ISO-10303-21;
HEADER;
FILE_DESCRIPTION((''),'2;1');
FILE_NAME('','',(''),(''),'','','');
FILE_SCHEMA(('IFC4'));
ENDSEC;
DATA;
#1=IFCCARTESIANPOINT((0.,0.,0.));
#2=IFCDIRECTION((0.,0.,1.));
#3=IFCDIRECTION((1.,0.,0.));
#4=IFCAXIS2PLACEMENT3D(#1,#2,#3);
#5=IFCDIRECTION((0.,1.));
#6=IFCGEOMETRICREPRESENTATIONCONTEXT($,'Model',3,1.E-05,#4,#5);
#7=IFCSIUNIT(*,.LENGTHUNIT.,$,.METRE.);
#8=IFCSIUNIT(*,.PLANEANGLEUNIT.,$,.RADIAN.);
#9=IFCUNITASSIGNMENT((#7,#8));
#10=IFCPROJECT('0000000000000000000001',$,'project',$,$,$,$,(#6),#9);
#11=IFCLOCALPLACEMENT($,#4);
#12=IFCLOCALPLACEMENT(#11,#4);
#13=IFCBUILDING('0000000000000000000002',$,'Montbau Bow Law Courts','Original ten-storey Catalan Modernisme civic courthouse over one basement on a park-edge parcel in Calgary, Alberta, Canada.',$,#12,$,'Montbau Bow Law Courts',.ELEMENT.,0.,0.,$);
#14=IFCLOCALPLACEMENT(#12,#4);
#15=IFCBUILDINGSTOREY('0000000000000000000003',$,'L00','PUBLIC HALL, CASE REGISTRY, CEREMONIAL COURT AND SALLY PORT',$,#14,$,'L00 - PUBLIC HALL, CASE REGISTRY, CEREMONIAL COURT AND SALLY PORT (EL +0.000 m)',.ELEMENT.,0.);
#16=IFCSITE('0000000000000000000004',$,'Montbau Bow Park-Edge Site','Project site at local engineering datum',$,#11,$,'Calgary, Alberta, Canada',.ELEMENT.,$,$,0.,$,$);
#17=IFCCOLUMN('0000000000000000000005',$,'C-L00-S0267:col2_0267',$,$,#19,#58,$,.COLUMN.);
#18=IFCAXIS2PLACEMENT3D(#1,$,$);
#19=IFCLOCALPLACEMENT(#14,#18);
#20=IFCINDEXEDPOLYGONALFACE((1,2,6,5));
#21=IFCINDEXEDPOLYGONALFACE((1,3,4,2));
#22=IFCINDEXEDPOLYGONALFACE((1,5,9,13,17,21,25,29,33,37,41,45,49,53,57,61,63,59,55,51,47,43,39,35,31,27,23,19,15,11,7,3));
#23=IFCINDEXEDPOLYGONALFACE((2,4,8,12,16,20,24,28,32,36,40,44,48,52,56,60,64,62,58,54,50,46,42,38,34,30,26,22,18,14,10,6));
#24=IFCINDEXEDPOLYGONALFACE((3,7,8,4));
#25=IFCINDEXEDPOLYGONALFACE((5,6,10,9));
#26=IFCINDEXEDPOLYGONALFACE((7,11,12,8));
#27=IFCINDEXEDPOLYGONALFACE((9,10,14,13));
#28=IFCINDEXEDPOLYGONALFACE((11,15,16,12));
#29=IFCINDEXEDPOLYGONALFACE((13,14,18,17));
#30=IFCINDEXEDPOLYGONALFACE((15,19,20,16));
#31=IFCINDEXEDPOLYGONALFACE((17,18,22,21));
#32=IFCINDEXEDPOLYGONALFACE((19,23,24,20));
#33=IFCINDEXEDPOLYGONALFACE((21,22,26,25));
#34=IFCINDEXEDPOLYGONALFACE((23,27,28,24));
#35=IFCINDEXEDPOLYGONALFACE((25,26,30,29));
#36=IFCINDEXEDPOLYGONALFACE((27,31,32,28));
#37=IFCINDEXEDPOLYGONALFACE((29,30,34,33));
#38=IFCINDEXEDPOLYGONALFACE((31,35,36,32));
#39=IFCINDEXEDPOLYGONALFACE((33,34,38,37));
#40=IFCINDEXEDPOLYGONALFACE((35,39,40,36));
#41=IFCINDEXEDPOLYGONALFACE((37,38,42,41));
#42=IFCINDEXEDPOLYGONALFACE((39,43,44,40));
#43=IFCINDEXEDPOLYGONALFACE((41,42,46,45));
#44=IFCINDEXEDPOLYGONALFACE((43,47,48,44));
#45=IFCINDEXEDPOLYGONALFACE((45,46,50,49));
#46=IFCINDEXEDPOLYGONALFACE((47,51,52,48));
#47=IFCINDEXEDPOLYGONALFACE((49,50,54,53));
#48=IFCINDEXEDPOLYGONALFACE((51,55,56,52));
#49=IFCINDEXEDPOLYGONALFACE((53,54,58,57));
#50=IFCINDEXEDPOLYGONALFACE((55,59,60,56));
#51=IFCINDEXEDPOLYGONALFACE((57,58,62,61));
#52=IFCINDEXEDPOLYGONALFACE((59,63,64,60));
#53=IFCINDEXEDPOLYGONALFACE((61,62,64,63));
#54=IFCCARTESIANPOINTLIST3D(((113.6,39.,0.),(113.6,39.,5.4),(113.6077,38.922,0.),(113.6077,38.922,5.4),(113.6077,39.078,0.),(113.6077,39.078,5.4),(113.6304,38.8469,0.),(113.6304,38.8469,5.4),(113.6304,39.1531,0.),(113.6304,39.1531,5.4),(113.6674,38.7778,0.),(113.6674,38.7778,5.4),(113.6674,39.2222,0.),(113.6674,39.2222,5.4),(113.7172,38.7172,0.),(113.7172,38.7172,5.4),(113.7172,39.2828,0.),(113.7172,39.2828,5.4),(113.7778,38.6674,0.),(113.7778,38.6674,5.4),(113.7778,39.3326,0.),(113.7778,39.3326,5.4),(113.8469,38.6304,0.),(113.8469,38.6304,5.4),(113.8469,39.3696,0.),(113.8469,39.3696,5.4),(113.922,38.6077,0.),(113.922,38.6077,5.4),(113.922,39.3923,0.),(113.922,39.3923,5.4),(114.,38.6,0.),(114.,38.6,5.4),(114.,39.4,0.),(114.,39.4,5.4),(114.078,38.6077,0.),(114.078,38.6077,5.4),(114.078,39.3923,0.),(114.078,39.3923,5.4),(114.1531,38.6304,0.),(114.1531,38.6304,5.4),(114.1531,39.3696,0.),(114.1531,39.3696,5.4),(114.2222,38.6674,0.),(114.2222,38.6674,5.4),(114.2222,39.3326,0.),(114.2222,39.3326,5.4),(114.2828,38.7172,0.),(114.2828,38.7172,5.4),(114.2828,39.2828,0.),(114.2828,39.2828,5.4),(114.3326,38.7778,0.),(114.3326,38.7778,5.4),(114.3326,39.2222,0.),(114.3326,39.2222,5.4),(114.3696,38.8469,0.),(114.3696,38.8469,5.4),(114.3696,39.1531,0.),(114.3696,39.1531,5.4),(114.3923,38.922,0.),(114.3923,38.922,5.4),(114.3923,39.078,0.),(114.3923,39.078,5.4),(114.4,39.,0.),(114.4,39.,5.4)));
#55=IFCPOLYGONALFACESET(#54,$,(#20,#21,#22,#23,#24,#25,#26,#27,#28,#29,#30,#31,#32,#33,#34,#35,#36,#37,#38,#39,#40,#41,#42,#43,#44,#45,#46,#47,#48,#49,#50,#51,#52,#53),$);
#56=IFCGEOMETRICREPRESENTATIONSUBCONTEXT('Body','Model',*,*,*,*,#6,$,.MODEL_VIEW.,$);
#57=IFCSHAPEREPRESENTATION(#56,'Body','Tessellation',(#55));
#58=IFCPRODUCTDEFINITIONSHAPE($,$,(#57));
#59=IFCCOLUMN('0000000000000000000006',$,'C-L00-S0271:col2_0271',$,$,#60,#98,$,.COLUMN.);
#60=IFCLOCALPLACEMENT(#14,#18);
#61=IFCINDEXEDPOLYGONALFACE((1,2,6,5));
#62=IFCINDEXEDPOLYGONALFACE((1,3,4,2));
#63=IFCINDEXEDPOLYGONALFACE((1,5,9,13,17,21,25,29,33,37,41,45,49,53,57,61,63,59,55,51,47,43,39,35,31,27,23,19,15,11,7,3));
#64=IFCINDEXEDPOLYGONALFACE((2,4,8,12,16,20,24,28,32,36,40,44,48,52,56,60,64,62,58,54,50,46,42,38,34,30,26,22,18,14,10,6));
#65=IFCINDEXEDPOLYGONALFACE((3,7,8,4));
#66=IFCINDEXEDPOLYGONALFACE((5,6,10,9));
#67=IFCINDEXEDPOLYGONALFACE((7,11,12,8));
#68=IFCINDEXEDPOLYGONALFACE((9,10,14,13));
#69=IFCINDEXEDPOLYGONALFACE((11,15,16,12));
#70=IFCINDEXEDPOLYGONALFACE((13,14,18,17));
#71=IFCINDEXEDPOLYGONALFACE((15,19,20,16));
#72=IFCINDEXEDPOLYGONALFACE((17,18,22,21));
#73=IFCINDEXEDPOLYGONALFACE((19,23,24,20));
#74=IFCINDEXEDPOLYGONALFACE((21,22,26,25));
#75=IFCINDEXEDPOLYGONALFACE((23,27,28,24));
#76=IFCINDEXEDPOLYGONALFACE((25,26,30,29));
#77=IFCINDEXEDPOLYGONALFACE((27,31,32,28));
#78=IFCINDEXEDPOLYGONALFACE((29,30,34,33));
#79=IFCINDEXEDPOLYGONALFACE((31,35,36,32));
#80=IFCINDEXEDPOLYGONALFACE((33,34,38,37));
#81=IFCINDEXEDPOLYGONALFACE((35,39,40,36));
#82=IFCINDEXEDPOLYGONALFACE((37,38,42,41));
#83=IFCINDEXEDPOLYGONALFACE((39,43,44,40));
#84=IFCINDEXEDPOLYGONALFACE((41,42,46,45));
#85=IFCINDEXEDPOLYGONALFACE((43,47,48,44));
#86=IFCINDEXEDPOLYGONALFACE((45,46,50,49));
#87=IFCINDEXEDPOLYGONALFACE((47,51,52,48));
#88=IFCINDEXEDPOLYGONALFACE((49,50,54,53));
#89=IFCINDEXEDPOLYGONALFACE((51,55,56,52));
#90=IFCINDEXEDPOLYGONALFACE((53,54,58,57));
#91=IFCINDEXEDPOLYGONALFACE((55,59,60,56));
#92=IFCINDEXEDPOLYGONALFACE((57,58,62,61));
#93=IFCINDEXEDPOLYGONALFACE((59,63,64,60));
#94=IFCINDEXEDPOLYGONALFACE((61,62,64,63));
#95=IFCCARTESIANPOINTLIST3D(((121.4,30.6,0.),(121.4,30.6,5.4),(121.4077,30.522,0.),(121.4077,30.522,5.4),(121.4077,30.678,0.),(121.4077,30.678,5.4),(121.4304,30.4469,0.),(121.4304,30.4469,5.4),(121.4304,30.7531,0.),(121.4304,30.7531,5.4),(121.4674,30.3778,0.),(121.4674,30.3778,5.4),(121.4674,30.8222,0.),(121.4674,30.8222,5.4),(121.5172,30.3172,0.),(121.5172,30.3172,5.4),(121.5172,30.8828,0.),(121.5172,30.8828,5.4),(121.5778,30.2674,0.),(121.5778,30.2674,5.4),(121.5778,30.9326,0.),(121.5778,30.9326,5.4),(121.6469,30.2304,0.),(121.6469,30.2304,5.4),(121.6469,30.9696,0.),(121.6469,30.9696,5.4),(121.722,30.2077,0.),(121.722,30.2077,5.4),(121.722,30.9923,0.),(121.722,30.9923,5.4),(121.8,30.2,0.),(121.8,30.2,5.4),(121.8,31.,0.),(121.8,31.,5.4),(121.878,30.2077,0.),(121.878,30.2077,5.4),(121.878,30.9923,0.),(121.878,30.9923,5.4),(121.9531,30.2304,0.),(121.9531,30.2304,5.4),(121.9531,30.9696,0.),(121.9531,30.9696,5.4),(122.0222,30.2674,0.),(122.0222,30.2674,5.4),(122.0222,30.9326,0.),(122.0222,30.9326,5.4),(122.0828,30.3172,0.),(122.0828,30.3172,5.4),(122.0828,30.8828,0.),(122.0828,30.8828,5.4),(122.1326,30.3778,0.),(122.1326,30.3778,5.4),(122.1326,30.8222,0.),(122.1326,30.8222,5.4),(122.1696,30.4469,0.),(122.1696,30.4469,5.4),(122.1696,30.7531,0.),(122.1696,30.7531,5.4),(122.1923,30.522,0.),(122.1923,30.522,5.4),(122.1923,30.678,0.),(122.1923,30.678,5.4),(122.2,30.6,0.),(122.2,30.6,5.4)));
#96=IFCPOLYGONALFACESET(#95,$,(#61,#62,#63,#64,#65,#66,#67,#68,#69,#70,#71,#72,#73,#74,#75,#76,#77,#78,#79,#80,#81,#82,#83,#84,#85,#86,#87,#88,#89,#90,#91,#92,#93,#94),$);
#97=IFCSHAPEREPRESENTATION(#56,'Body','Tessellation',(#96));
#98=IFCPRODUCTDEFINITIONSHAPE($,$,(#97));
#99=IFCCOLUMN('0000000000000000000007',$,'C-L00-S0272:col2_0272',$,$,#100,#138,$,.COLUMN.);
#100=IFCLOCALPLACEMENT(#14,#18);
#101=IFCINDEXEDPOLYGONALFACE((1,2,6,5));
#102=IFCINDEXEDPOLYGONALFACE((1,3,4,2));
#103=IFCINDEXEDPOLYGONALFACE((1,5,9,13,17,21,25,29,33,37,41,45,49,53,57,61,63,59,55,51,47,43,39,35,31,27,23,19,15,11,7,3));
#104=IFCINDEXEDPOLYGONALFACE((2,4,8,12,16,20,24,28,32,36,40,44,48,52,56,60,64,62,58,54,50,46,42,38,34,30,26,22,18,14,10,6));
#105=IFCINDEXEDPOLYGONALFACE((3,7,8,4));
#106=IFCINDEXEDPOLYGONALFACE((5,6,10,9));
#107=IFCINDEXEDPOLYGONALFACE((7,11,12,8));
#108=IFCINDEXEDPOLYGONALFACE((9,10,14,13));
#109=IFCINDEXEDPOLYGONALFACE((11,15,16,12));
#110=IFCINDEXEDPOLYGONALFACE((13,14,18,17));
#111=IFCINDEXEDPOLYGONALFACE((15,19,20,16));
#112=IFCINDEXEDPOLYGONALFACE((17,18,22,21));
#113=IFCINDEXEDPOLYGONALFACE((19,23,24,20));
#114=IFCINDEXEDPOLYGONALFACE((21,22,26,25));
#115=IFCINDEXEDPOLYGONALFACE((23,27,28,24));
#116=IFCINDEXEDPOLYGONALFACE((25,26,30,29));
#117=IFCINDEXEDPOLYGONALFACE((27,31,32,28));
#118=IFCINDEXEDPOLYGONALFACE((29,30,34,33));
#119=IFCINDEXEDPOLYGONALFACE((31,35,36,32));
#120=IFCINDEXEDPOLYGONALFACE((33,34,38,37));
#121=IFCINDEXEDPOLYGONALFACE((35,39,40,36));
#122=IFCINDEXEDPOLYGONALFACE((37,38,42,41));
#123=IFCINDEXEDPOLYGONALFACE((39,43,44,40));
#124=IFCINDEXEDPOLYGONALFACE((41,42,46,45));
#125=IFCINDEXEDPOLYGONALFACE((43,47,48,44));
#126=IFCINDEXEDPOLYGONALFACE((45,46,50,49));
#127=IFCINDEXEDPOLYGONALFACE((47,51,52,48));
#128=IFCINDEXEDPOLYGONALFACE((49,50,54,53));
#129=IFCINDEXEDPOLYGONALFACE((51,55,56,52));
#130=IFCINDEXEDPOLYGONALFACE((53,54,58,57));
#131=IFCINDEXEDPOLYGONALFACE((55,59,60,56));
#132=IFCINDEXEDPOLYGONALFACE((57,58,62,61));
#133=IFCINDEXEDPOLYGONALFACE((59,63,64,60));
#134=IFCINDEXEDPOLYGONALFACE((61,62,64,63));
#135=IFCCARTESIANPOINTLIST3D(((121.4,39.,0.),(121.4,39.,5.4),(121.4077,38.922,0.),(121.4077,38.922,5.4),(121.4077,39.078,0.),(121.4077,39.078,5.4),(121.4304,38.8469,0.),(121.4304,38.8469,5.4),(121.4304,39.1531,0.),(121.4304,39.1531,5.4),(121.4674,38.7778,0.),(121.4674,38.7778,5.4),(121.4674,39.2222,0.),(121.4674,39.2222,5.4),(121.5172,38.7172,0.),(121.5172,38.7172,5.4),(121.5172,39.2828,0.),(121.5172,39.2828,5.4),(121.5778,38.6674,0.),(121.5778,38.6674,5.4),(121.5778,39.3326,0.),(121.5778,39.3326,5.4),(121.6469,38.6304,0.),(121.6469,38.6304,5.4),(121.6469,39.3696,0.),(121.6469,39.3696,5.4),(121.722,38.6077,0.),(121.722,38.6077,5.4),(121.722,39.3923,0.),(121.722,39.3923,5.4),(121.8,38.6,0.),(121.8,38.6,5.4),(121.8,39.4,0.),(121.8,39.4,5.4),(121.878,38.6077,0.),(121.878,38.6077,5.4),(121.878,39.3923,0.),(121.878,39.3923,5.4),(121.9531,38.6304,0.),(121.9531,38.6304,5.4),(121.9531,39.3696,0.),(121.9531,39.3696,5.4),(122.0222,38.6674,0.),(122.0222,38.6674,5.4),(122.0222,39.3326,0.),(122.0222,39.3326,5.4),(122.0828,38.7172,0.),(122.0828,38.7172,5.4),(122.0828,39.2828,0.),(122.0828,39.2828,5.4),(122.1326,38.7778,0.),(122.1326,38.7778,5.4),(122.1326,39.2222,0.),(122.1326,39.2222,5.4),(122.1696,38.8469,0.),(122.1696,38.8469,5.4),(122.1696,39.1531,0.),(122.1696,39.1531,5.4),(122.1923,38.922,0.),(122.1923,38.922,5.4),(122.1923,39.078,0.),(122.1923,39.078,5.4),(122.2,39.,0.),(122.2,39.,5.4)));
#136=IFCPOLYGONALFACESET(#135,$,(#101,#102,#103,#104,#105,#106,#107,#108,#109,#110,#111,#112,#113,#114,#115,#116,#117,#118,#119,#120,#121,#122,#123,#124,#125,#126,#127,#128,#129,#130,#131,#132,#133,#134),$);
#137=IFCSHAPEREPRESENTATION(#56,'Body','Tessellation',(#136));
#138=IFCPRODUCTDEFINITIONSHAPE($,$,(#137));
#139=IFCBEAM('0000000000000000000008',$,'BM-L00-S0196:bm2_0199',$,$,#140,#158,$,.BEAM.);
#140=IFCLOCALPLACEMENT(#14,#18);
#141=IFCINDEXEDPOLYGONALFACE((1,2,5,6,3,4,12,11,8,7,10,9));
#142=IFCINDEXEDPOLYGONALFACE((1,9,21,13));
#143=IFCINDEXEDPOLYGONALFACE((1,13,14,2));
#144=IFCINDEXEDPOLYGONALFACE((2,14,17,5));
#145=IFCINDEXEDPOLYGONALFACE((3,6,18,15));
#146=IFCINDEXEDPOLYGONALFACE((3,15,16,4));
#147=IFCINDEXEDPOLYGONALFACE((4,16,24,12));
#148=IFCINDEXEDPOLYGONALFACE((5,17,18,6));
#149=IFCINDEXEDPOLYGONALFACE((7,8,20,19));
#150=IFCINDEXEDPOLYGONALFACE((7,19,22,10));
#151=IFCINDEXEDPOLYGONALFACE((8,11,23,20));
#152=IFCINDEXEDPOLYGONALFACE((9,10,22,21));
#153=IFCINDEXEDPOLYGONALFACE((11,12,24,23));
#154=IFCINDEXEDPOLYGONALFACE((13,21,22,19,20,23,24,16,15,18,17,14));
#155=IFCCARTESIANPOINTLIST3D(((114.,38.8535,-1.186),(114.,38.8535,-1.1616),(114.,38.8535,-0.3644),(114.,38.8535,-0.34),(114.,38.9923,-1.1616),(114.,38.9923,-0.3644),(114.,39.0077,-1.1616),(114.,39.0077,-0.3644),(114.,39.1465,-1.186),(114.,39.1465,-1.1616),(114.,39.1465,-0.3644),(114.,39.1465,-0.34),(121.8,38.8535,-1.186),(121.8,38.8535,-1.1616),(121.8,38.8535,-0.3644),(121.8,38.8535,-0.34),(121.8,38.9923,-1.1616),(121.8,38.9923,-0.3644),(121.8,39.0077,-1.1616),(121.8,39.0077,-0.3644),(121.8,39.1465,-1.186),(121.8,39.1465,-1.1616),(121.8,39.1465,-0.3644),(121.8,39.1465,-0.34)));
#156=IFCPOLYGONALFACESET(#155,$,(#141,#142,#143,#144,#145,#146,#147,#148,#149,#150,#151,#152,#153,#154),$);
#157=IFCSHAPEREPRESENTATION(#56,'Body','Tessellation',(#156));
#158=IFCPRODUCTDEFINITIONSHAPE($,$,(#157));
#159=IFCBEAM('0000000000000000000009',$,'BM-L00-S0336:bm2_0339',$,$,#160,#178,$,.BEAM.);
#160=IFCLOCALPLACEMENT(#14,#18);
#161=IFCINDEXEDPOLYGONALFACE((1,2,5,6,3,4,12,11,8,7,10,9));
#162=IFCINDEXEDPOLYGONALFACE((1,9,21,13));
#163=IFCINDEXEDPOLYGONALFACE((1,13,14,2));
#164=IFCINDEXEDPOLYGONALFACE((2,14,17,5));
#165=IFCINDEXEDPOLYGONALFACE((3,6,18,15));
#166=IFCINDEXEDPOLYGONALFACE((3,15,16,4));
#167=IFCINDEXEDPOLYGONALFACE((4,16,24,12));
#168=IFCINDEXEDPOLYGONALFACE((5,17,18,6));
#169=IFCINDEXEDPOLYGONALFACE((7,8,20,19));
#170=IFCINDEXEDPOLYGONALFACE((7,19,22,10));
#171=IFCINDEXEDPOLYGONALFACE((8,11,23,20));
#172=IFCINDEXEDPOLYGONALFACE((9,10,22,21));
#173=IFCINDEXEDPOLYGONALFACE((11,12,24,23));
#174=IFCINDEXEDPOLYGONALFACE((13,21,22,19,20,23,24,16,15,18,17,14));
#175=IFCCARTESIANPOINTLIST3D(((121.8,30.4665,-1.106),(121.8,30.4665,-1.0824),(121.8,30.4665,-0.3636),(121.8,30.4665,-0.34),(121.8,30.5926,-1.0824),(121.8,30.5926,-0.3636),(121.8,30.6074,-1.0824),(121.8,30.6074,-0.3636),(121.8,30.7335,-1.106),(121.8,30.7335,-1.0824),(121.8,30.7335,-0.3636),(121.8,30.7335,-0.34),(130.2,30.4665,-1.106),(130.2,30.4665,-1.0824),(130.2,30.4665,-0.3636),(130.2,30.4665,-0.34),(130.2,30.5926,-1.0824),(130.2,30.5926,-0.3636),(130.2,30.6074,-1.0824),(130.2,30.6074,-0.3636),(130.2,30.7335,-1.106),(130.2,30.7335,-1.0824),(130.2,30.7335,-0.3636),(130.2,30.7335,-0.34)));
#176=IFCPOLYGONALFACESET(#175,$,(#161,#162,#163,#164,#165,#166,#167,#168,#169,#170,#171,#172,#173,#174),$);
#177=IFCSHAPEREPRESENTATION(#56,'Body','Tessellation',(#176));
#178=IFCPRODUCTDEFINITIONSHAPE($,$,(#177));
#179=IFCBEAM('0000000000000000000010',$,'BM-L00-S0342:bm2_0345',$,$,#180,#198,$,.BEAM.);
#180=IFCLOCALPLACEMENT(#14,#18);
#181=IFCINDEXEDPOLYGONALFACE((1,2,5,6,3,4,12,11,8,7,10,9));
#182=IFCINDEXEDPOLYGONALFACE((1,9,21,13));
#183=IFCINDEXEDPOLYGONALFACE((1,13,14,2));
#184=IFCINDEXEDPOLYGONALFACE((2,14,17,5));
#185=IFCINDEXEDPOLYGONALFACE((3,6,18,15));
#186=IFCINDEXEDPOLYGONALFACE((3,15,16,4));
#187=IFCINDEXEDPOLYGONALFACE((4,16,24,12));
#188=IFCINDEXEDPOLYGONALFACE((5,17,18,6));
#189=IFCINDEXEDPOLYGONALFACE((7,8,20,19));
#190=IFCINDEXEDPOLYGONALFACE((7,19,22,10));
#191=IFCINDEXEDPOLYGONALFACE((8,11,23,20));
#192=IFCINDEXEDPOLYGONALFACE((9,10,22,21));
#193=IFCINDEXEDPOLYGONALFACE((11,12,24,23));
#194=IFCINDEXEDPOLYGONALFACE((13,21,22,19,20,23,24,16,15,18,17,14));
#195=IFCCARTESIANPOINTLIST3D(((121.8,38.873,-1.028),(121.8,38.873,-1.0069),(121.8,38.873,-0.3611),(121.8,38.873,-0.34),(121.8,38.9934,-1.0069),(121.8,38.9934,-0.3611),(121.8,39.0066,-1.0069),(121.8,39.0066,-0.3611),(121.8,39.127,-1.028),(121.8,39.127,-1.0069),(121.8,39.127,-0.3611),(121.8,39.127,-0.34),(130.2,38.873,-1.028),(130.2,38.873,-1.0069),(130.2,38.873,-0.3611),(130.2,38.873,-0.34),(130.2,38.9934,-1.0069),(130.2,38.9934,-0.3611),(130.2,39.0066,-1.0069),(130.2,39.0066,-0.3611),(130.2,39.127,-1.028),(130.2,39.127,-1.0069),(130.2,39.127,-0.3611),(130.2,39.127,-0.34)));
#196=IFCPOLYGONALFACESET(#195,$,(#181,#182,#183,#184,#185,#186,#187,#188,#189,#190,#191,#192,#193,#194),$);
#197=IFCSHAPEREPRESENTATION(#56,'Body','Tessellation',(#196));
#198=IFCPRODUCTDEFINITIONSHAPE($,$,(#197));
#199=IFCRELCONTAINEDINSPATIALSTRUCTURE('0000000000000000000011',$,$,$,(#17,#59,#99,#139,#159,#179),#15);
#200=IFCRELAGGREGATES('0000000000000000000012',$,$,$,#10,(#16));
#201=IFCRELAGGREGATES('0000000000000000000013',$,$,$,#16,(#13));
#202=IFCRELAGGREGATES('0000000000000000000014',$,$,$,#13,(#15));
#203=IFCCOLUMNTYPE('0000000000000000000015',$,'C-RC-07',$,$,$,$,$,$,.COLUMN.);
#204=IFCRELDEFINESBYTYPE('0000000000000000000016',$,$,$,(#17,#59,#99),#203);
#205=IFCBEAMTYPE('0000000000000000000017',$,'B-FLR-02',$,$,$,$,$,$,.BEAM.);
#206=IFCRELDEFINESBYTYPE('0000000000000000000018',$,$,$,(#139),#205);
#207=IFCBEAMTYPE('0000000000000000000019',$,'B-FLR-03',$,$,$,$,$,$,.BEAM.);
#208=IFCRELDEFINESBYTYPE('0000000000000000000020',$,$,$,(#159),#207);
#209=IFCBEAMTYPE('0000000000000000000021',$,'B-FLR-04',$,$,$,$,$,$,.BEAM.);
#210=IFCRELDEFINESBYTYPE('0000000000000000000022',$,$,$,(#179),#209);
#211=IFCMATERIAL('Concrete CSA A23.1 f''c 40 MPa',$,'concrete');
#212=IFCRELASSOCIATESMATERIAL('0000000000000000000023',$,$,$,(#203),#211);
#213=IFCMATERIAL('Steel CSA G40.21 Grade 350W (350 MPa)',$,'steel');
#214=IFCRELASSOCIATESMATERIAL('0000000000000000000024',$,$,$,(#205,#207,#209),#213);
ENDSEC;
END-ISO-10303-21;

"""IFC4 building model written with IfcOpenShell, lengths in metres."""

from ifc_helpers import new_model, si_unit, direction, frame, origin_with_axes, origin_2d_with_axis, place, context, subcontext, project, spatial, circle, i_section, extrude, material, material_profile, profile_set, type_object, element, save


model = new_model("IFC4")

# Units and contexts
model_context = context("Model", 3, precision=1e-05, world=origin_with_axes(), true_north=direction((0.0, 1.0)))
body_context = subcontext(model_context, "Body", "Model", "MODEL_VIEW")
ifc_project = project(units=[si_unit("LENGTHUNIT", "METRE"), si_unit("PLANEANGLEUNIT", "RADIAN")], contexts=[model_context])

# Site, building, storey
site_placement = place(None, origin_with_axes())
site = spatial("IfcSite", under=ifc_project, at=site_placement, Name="Montbau Bow Park-Edge Site", Description="Project site at local engineering datum", LongName="Calgary, Alberta, Canada", CompositionType="ELEMENT", RefElevation=0.0)
building_placement = place(site_placement, origin_with_axes())
building = spatial("IfcBuilding", under=site, at=building_placement, Name="Montbau Bow Law Courts", Description="Original ten-storey Catalan Modernisme civic courthouse over one basement on a park-edge parcel in Calgary, Alberta, Canada.", LongName="Montbau Bow Law Courts", CompositionType="ELEMENT", ElevationOfRefHeight=0.0, ElevationOfTerrain=0.0)
storey_placement = place(building_placement, origin_with_axes())
storey = spatial("IfcBuildingStorey", under=building, at=storey_placement, Name="L00", Description="PUBLIC HALL, CASE REGISTRY, CEREMONIAL COURT AND SALLY PORT", LongName="L00 - PUBLIC HALL, CASE REGISTRY, CEREMONIAL COURT AND SALLY PORT (EL +0.000 m)", CompositionType="ELEMENT", Elevation=0.0)

# Columns
ifc_material_1 = material(Name="Concrete CSA A23.1 f'c 40 MPa", Category="concrete")
ifc_material_profile_1 = material_profile(ifc_material_1, circle(Radius=0.4, at=origin_2d_with_axis()), Name="RC800D", Category="Main", Priority=0)
ifc_profile_set_1 = profile_set([ifc_material_profile_1], Name="Concrete CSA A23.1 f'c 40 MPa")
column_type = type_object("IfcColumnType", Name="C-RC-07", PredefinedType="COLUMN", material=ifc_profile_set_1)
for number, where, z_axis, x_axis, name in (
    (1, (114.0, 39.0, 0.0), (0.0, 0.0, 1.0), (1.0, 0.0, 0.0), "C-L00-S0267:col2_0267"),
    (2, (121.8, 30.6, 0.0), (0.0, 0.0, 1.0), (1.0, 0.0, 0.0), "C-L00-S0271:col2_0271"),
    (3, (121.8, 39.0, 0.0), (0.0, 0.0, 1.0), (1.0, 0.0, 0.0), "C-L00-S0272:col2_0272"),
):
    element("IfcColumn", number, at=place(None, frame(where, z_axis=z_axis, x_axis=x_axis)), inside=storey, type_object=column_type, Name=name, PredefinedType="COLUMN", context=body_context, shape_type="SweptSolid", body=[
        extrude(circle(Radius=0.4, at=origin_2d_with_axis()), origin_with_axes(), (0.0, 0.0, 1.0), 5.4),
    ])

# Beams
ifc_material_2 = material(Name="Steel CSA G40.21 Grade 350W (350 MPa)", Category="steel")
ifc_material_profile_2 = material_profile(ifc_material_2, i_section(OverallWidth=0.293, OverallDepth=0.846, WebThickness=0.0154, FlangeThickness=0.0244, at=origin_2d_with_axis()), Name="W840X210", Category="Main", Priority=0)
ifc_profile_set_2 = profile_set([ifc_material_profile_2], Name="Steel CSA G40.21 Grade 350W (350 MPa)")
beam_type_1 = type_object("IfcBeamType", Name="B-FLR-02", PredefinedType="BEAM", material=ifc_profile_set_2)
beam_1_placement = place(None, frame((114.0, 39.0, -0.763), z_axis=(1.0, 0.0, 0.0), x_axis=(0.0, 1.0, 0.0)))
element("IfcBeam", 4, at=beam_1_placement, inside=storey, type_object=beam_type_1, Name="BM-L00-S0196:bm2_0199", PredefinedType="BEAM", context=body_context, shape_type="SweptSolid", body=[
    extrude(i_section(OverallWidth=0.293, OverallDepth=0.846, WebThickness=0.0154, FlangeThickness=0.0244, at=origin_2d_with_axis()), origin_with_axes(), (0.0, 0.0, 1.0), 7.8),
])
ifc_material_profile_3 = material_profile(ifc_material_2, i_section(OverallWidth=0.267, OverallDepth=0.766, WebThickness=0.0149, FlangeThickness=0.0236, at=origin_2d_with_axis()), Name="W760X185", Category="Main", Priority=0)
ifc_profile_set_3 = profile_set([ifc_material_profile_3], Name="Steel CSA G40.21 Grade 350W (350 MPa)")
beam_type_2 = type_object("IfcBeamType", Name="B-FLR-03", PredefinedType="BEAM", material=ifc_profile_set_3)
beam_2_placement = place(None, frame((121.8, 30.6, -0.723), z_axis=(1.0, 0.0, 0.0), x_axis=(0.0, 1.0, 0.0)))
element("IfcBeam", 5, at=beam_2_placement, inside=storey, type_object=beam_type_2, Name="BM-L00-S0336:bm2_0339", PredefinedType="BEAM", context=body_context, shape_type="SweptSolid", body=[
    extrude(i_section(OverallWidth=0.267, OverallDepth=0.766, WebThickness=0.0149, FlangeThickness=0.0236, at=origin_2d_with_axis()), origin_with_axes(), (0.0, 0.0, 1.0), 8.4),
])
ifc_material_profile_4 = material_profile(ifc_material_2, i_section(OverallWidth=0.254, OverallDepth=0.688, WebThickness=0.0131, FlangeThickness=0.0211, at=origin_2d_with_axis()), Name="W690X152", Category="Main", Priority=0)
ifc_profile_set_4 = profile_set([ifc_material_profile_4], Name="Steel CSA G40.21 Grade 350W (350 MPa)")
beam_type_3 = type_object("IfcBeamType", Name="B-FLR-04", PredefinedType="BEAM", material=ifc_profile_set_4)
beam_3_placement = place(None, frame((121.8, 39.0, -0.684), z_axis=(1.0, 0.0, 0.0), x_axis=(0.0, 1.0, 0.0)))
element("IfcBeam", 6, at=beam_3_placement, inside=storey, type_object=beam_type_3, Name="BM-L00-S0342:bm2_0345", PredefinedType="BEAM", context=body_context, shape_type="SweptSolid", body=[
    extrude(i_section(OverallWidth=0.254, OverallDepth=0.688, WebThickness=0.0131, FlangeThickness=0.0211, at=origin_2d_with_axis()), origin_with_axes(), (0.0, 0.0, 1.0), 8.4),
])

save(model, "model.ifc")
